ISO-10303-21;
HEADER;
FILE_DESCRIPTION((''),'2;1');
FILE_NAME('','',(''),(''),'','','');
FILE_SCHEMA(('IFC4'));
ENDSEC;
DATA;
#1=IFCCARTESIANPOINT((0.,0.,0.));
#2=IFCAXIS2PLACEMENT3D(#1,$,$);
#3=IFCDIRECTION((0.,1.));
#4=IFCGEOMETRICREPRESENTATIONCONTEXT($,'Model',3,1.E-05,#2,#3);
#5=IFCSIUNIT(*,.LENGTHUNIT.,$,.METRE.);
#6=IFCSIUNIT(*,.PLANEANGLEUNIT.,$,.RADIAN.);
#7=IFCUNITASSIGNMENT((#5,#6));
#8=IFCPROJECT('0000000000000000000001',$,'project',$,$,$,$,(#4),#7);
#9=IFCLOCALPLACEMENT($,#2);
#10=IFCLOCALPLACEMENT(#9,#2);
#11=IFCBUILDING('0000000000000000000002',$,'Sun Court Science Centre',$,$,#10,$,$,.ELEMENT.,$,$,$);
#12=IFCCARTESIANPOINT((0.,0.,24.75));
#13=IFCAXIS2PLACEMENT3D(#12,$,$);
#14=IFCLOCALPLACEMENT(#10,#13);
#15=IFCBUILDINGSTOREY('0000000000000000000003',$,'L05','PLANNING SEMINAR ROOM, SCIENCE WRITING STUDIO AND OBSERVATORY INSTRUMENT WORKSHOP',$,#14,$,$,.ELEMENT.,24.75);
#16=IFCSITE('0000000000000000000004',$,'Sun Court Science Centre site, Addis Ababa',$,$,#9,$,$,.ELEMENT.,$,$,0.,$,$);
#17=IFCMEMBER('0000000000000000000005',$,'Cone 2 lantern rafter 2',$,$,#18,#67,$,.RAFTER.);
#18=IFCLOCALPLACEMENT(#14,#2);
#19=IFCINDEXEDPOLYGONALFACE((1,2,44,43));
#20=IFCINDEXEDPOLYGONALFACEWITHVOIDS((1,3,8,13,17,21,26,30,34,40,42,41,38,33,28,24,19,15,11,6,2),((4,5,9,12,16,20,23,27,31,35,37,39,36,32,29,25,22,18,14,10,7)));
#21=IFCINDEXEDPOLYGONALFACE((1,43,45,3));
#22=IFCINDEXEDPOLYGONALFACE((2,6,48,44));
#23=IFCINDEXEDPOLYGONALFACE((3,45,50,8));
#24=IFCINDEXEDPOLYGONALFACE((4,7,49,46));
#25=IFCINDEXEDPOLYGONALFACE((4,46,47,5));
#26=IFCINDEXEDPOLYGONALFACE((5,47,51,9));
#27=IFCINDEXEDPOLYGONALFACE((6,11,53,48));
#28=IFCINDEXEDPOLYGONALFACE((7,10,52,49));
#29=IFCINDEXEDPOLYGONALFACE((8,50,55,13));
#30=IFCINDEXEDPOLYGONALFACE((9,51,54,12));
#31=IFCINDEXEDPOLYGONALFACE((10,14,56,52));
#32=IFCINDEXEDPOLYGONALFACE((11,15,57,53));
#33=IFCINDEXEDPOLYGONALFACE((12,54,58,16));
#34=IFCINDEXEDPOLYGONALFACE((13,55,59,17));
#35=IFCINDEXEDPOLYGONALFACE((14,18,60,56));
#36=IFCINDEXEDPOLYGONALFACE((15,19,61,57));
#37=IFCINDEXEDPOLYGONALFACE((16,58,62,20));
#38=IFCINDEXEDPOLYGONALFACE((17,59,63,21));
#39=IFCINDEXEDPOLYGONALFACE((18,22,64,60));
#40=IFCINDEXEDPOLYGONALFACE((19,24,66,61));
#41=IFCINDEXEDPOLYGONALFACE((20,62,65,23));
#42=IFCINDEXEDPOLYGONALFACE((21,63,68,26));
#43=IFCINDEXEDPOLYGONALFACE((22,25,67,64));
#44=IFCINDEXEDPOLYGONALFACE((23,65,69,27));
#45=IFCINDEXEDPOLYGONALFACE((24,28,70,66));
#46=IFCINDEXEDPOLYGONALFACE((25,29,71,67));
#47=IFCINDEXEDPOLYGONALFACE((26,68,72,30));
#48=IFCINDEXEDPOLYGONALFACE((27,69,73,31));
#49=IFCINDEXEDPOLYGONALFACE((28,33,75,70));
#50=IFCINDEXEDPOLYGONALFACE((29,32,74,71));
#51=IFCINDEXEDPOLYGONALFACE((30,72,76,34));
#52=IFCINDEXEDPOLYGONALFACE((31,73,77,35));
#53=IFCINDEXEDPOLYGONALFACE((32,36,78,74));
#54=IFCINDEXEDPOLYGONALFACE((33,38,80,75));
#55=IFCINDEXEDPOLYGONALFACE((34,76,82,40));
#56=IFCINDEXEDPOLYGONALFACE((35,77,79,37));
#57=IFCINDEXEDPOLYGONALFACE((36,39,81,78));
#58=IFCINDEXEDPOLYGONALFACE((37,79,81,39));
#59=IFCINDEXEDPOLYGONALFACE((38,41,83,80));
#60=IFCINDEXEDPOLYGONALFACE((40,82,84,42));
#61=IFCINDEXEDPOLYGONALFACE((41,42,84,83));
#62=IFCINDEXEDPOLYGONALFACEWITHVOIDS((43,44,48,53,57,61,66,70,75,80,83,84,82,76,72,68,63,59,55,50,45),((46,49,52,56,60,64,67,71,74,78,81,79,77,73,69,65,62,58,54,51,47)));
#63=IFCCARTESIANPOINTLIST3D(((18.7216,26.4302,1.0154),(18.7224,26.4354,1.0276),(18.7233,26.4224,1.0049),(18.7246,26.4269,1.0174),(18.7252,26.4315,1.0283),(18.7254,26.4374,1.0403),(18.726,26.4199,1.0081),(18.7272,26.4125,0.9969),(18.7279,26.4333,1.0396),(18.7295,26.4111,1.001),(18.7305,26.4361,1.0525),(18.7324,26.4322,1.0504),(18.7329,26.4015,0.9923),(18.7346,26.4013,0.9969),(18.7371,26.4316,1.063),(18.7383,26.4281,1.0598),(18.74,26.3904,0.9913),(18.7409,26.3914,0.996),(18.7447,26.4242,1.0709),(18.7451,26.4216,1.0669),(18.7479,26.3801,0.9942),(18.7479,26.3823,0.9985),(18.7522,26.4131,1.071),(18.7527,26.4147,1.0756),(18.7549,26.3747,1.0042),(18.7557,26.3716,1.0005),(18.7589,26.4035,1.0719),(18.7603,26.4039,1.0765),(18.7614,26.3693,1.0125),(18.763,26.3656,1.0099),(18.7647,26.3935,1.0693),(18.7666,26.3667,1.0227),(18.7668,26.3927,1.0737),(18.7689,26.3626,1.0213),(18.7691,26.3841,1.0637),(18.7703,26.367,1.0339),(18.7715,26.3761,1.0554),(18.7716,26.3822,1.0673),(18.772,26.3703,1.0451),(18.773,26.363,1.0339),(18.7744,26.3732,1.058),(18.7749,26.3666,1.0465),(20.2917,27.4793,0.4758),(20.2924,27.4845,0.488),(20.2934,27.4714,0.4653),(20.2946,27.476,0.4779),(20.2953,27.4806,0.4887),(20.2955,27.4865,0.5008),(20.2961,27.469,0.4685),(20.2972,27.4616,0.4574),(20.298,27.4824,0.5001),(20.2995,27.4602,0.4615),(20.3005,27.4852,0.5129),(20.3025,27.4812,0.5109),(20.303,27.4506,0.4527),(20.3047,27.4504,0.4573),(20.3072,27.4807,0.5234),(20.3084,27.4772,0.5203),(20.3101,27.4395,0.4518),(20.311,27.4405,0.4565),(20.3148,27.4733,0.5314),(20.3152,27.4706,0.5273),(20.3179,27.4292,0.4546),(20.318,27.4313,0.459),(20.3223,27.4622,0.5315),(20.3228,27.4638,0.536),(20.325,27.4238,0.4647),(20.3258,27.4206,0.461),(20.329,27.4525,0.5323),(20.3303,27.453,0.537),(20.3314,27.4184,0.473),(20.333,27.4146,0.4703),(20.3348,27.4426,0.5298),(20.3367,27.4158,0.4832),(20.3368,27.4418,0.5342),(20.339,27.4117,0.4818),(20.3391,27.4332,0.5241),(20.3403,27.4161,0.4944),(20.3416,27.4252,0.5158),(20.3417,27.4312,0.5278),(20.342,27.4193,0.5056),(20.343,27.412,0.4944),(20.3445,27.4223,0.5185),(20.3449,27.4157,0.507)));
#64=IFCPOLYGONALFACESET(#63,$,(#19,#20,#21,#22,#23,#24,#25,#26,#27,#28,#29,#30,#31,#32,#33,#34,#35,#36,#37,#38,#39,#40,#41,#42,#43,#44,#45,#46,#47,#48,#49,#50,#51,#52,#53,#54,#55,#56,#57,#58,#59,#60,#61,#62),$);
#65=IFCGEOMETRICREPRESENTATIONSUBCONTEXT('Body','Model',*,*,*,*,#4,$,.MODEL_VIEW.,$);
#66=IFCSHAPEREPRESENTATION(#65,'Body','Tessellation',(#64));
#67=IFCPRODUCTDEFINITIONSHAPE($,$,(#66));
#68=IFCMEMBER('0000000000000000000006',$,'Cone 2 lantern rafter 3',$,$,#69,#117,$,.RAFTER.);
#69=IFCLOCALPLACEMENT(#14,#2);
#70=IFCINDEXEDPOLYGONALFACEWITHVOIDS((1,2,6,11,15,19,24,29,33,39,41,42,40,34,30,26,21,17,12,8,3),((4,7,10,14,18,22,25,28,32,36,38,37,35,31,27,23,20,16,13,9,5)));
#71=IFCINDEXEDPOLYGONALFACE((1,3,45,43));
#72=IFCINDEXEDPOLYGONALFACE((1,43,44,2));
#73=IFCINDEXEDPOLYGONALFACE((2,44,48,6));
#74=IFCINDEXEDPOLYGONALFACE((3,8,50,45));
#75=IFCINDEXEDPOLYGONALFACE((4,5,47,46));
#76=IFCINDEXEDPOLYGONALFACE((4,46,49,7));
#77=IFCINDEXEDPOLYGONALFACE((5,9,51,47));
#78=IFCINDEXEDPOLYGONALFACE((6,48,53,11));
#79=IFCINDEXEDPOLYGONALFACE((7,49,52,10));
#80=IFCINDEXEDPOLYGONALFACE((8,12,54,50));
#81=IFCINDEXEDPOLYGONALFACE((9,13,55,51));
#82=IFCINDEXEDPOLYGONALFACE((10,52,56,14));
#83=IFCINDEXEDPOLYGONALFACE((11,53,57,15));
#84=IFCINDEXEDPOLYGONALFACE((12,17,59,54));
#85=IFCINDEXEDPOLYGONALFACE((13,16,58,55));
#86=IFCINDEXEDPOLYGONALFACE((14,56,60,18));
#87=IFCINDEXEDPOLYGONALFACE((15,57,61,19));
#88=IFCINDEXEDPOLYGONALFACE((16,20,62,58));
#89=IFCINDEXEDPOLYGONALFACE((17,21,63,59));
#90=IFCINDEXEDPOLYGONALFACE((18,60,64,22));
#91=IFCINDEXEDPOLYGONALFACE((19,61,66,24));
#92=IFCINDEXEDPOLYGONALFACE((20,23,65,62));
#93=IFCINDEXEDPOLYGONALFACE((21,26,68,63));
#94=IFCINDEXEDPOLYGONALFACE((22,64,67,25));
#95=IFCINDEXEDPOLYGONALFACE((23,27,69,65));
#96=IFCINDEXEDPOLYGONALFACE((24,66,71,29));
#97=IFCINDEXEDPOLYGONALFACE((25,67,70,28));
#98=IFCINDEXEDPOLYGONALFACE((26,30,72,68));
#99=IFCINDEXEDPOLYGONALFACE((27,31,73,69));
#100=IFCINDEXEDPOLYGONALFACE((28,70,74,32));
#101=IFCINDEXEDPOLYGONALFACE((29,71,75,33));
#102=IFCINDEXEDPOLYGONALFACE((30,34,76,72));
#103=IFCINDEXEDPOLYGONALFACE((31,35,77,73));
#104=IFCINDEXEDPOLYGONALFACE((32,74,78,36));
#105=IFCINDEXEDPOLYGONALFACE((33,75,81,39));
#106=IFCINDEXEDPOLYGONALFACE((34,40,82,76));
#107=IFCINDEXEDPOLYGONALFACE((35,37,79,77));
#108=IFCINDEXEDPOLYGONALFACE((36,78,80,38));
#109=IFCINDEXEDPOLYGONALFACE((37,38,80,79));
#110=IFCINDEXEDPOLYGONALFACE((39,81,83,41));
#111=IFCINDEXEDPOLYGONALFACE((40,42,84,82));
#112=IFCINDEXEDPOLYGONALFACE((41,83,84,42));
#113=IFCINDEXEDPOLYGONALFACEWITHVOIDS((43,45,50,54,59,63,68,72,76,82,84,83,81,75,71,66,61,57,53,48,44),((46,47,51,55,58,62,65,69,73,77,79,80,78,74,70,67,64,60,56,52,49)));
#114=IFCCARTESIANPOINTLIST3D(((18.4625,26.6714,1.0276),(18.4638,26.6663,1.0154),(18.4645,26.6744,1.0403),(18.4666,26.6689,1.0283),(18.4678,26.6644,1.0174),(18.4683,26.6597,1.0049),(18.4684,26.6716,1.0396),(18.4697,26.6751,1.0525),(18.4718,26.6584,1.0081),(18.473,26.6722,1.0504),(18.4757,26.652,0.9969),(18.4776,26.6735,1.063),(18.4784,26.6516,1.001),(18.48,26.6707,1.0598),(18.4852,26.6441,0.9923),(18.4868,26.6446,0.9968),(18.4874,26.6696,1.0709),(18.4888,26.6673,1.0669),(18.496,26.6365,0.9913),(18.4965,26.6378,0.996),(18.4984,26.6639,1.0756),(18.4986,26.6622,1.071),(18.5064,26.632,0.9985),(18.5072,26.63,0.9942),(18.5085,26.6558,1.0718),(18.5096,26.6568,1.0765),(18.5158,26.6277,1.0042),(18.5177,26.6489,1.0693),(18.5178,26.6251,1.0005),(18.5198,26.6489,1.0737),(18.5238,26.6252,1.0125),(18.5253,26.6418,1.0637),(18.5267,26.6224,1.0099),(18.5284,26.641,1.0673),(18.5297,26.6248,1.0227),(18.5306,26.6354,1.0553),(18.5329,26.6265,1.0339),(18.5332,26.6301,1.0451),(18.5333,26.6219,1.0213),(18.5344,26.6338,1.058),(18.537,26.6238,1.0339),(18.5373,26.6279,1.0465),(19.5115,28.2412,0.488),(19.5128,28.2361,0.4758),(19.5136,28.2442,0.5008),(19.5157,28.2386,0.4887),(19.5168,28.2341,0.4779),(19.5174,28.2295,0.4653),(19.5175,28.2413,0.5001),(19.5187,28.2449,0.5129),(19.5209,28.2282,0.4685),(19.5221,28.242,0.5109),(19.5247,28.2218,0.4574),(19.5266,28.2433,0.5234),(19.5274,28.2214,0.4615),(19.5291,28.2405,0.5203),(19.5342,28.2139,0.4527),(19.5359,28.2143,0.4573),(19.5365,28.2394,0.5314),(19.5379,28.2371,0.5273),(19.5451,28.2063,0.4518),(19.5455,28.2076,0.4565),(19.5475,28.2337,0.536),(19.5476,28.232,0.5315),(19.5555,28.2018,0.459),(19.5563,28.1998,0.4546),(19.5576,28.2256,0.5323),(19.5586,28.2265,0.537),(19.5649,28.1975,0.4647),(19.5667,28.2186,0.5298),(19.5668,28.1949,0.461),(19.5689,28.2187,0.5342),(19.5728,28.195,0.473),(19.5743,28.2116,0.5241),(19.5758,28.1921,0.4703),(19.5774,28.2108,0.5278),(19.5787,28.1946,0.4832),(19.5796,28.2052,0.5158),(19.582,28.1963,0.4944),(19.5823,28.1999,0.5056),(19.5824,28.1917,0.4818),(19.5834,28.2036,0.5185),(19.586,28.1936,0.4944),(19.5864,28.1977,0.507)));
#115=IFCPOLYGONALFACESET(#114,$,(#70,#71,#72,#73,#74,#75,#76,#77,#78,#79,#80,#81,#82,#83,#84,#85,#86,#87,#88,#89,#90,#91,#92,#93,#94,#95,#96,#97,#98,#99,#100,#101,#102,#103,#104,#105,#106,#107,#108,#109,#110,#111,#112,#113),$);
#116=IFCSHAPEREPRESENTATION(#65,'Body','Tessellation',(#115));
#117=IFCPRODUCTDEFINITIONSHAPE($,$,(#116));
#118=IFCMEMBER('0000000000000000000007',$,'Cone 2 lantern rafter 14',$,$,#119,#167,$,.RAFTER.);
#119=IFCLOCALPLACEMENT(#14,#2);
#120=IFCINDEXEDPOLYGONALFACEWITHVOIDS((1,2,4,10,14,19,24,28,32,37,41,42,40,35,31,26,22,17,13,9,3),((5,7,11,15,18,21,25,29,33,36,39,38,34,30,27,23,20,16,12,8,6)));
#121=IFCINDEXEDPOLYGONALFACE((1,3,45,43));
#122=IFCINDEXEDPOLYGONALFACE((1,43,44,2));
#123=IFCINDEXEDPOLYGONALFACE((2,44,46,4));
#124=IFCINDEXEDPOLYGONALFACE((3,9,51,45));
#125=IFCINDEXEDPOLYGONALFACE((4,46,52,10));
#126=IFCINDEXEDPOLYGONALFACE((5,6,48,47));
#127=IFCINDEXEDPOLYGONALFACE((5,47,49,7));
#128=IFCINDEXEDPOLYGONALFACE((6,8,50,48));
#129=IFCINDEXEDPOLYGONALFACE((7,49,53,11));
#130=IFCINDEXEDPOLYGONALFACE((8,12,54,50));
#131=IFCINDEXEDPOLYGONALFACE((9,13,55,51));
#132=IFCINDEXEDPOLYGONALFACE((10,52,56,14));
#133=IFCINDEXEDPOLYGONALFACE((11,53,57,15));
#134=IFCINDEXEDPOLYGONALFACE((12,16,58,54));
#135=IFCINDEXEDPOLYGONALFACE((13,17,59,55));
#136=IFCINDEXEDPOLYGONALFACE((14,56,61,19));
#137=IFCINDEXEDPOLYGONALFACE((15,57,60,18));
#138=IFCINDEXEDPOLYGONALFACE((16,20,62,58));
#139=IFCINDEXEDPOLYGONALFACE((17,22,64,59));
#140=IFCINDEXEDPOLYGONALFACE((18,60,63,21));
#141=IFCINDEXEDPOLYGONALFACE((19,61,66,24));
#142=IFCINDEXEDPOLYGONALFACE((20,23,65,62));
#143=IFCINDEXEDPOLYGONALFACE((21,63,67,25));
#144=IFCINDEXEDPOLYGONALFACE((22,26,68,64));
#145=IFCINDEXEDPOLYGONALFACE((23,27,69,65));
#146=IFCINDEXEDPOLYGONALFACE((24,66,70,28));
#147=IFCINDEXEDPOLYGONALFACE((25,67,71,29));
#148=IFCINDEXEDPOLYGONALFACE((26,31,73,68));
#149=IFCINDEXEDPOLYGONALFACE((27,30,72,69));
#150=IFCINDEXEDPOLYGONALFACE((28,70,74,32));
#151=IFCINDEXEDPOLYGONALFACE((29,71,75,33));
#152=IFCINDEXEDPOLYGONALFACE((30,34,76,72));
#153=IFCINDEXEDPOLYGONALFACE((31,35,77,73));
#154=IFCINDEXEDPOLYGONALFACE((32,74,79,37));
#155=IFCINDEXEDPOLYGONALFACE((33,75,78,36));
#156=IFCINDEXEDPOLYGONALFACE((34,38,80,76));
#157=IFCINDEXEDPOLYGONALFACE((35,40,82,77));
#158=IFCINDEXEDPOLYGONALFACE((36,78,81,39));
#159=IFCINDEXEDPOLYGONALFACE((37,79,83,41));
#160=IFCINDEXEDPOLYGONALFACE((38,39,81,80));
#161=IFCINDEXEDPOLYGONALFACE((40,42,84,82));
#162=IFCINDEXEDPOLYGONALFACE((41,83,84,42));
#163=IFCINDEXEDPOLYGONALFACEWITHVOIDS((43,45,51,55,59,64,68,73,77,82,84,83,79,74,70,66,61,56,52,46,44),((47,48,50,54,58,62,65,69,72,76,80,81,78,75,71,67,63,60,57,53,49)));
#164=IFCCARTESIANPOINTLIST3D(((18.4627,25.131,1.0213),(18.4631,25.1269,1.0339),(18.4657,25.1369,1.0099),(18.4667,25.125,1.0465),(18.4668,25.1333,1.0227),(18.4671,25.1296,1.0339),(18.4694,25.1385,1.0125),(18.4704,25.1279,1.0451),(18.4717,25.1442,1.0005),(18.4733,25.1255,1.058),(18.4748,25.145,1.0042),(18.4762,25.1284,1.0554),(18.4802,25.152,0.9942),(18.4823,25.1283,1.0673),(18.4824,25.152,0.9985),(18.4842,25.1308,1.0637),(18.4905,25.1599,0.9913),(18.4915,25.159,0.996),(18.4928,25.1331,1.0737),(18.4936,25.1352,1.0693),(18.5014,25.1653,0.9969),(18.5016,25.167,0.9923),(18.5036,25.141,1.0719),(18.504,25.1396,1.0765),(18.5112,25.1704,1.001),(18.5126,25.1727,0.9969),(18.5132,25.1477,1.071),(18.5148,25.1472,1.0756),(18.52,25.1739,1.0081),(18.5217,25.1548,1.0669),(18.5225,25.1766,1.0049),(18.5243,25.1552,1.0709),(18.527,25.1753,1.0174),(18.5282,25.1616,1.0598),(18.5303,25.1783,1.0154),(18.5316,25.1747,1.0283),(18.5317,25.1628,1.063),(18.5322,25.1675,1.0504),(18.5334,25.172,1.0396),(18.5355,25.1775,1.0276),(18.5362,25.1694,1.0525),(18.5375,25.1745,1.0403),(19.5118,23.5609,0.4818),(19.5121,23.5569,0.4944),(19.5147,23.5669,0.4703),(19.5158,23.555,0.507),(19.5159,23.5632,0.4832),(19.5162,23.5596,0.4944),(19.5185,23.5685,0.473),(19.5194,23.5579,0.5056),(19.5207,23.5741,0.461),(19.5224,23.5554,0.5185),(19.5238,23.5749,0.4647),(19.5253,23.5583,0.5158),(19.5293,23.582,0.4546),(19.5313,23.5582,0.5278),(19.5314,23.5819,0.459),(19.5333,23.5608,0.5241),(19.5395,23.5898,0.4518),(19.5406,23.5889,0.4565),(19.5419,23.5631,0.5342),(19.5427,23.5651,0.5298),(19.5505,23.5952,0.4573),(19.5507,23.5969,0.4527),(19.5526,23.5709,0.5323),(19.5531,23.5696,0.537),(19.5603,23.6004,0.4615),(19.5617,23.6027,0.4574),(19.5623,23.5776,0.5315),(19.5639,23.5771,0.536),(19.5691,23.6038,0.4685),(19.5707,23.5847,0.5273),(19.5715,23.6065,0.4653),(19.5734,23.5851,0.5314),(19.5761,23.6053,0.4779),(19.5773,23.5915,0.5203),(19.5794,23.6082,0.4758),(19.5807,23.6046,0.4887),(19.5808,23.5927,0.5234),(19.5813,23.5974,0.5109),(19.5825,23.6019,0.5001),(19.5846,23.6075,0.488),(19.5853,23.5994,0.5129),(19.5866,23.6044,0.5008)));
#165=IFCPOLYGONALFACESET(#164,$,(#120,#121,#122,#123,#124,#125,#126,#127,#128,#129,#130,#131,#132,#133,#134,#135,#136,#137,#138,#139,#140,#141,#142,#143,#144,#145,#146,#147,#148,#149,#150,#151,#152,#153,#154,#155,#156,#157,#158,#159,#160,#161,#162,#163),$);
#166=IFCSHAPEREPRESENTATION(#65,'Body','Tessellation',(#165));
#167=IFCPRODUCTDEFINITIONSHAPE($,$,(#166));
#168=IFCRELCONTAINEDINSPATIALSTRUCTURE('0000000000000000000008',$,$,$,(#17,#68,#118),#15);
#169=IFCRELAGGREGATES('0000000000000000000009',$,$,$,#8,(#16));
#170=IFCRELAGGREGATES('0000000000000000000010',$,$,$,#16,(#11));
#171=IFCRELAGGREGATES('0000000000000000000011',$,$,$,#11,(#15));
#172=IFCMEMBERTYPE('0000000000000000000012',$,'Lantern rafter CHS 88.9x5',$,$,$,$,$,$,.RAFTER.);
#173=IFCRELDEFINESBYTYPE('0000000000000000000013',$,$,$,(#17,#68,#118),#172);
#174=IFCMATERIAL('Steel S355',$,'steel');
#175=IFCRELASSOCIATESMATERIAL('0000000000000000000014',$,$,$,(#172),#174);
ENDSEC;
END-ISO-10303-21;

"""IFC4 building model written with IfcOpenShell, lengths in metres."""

from ifc_helpers import new_model, si_unit, direction, frame, origin, origin_2d, place, context, subcontext, project, spatial, hollow_circle, extrude, material, material_profile, profile_set, type_object, element, save


model = new_model("IFC4")

# Units and contexts
model_context = context("Model", 3, precision=1e-05, world=origin(), true_north=direction((0.0, 1.0)))
body_context = subcontext(model_context, "Body", "Model", "MODEL_VIEW")
ifc_project = project(units=[si_unit("LENGTHUNIT", "METRE"), si_unit("PLANEANGLEUNIT", "RADIAN")], contexts=[model_context])

# Site, building, storey
site_placement = place(None, origin())
site = spatial("IfcSite", under=ifc_project, at=site_placement, Name="Sun Court Science Centre site, Addis Ababa", CompositionType="ELEMENT", RefElevation=0.0)
building_placement = place(site_placement, origin())
building = spatial("IfcBuilding", under=site, at=building_placement, Name="Sun Court Science Centre", CompositionType="ELEMENT")
storey_placement = place(building_placement, frame((0.0, 0.0, 24.75)))
storey = spatial("IfcBuildingStorey", under=building, at=storey_placement, Name="L05", Description="PLANNING SEMINAR ROOM, SCIENCE WRITING STUDIO AND OBSERVATORY INSTRUMENT WORKSHOP", CompositionType="ELEMENT", Elevation=24.75)

# Members
ifc_material_1 = material(Name="Steel S355", Category="steel")
ifc_material_profile_1 = material_profile(ifc_material_1, hollow_circle(Radius=0.0444, WallThickness=0.0049, at=origin_2d()), Name="CHS 88.9x5")
ifc_profile_set_1 = profile_set([ifc_material_profile_1], Name="Steel S355")
member_type_1 = type_object("IfcMemberType", Name="Lantern rafter CHS 88.9x5", PredefinedType="RAFTER", material=ifc_profile_set_1)
member_1_placement = place(storey_placement, frame((20.3184, 27.449, 0.4944), z_axis=(-0.799477, -0.534186, 0.274739), x_axis=(0.555565, -0.831473, 0.0)))
element("IfcMember", 1, at=member_1_placement, inside=storey, type_object=member_type_1, Name="Cone 2 lantern rafter 2", PredefinedType="RAFTER", context=body_context, shape_type="SweptSolid", body=[
    extrude(hollow_circle(Radius=0.0444, WallThickness=0.0049, at=origin_2d()), origin(), (0.0, 0.0, 1.0), 1.9639),
])
member_2_placement = place(storey_placement, frame((19.5491, 28.2183, 0.4944), z_axis=(-0.53424, -0.799432, 0.274766), x_axis=(0.831433, -0.555625, 0.0)))
element("IfcMember", 2, at=member_2_placement, inside=storey, type_object=member_type_1, Name="Cone 2 lantern rafter 3", PredefinedType="RAFTER", context=body_context, shape_type="SweptSolid", body=[
    extrude(hollow_circle(Radius=0.0444, WallThickness=0.0049, at=origin_2d()), origin(), (0.0, 0.0, 1.0), 1.9636),
])
for number, where, z_axis, x_axis, name in (
    (3, (19.5491, 23.5815, 0.4944), (-0.534186, 0.799477, 0.274739), (-0.831473, -0.555565, 0.0), "Cone 2 lantern rafter 14"),
):
    element("IfcMember", number, at=place(storey_placement, frame(where, z_axis=z_axis, x_axis=x_axis)), inside=storey, type_object=member_type_1, Name=name, PredefinedType="RAFTER", context=body_context, shape_type="SweptSolid", body=[
        extrude(hollow_circle(Radius=0.0444, WallThickness=0.0049, at=origin_2d()), origin(), (0.0, 0.0, 1.0), 1.9639),
    ])

save(model, "model.ifc")
